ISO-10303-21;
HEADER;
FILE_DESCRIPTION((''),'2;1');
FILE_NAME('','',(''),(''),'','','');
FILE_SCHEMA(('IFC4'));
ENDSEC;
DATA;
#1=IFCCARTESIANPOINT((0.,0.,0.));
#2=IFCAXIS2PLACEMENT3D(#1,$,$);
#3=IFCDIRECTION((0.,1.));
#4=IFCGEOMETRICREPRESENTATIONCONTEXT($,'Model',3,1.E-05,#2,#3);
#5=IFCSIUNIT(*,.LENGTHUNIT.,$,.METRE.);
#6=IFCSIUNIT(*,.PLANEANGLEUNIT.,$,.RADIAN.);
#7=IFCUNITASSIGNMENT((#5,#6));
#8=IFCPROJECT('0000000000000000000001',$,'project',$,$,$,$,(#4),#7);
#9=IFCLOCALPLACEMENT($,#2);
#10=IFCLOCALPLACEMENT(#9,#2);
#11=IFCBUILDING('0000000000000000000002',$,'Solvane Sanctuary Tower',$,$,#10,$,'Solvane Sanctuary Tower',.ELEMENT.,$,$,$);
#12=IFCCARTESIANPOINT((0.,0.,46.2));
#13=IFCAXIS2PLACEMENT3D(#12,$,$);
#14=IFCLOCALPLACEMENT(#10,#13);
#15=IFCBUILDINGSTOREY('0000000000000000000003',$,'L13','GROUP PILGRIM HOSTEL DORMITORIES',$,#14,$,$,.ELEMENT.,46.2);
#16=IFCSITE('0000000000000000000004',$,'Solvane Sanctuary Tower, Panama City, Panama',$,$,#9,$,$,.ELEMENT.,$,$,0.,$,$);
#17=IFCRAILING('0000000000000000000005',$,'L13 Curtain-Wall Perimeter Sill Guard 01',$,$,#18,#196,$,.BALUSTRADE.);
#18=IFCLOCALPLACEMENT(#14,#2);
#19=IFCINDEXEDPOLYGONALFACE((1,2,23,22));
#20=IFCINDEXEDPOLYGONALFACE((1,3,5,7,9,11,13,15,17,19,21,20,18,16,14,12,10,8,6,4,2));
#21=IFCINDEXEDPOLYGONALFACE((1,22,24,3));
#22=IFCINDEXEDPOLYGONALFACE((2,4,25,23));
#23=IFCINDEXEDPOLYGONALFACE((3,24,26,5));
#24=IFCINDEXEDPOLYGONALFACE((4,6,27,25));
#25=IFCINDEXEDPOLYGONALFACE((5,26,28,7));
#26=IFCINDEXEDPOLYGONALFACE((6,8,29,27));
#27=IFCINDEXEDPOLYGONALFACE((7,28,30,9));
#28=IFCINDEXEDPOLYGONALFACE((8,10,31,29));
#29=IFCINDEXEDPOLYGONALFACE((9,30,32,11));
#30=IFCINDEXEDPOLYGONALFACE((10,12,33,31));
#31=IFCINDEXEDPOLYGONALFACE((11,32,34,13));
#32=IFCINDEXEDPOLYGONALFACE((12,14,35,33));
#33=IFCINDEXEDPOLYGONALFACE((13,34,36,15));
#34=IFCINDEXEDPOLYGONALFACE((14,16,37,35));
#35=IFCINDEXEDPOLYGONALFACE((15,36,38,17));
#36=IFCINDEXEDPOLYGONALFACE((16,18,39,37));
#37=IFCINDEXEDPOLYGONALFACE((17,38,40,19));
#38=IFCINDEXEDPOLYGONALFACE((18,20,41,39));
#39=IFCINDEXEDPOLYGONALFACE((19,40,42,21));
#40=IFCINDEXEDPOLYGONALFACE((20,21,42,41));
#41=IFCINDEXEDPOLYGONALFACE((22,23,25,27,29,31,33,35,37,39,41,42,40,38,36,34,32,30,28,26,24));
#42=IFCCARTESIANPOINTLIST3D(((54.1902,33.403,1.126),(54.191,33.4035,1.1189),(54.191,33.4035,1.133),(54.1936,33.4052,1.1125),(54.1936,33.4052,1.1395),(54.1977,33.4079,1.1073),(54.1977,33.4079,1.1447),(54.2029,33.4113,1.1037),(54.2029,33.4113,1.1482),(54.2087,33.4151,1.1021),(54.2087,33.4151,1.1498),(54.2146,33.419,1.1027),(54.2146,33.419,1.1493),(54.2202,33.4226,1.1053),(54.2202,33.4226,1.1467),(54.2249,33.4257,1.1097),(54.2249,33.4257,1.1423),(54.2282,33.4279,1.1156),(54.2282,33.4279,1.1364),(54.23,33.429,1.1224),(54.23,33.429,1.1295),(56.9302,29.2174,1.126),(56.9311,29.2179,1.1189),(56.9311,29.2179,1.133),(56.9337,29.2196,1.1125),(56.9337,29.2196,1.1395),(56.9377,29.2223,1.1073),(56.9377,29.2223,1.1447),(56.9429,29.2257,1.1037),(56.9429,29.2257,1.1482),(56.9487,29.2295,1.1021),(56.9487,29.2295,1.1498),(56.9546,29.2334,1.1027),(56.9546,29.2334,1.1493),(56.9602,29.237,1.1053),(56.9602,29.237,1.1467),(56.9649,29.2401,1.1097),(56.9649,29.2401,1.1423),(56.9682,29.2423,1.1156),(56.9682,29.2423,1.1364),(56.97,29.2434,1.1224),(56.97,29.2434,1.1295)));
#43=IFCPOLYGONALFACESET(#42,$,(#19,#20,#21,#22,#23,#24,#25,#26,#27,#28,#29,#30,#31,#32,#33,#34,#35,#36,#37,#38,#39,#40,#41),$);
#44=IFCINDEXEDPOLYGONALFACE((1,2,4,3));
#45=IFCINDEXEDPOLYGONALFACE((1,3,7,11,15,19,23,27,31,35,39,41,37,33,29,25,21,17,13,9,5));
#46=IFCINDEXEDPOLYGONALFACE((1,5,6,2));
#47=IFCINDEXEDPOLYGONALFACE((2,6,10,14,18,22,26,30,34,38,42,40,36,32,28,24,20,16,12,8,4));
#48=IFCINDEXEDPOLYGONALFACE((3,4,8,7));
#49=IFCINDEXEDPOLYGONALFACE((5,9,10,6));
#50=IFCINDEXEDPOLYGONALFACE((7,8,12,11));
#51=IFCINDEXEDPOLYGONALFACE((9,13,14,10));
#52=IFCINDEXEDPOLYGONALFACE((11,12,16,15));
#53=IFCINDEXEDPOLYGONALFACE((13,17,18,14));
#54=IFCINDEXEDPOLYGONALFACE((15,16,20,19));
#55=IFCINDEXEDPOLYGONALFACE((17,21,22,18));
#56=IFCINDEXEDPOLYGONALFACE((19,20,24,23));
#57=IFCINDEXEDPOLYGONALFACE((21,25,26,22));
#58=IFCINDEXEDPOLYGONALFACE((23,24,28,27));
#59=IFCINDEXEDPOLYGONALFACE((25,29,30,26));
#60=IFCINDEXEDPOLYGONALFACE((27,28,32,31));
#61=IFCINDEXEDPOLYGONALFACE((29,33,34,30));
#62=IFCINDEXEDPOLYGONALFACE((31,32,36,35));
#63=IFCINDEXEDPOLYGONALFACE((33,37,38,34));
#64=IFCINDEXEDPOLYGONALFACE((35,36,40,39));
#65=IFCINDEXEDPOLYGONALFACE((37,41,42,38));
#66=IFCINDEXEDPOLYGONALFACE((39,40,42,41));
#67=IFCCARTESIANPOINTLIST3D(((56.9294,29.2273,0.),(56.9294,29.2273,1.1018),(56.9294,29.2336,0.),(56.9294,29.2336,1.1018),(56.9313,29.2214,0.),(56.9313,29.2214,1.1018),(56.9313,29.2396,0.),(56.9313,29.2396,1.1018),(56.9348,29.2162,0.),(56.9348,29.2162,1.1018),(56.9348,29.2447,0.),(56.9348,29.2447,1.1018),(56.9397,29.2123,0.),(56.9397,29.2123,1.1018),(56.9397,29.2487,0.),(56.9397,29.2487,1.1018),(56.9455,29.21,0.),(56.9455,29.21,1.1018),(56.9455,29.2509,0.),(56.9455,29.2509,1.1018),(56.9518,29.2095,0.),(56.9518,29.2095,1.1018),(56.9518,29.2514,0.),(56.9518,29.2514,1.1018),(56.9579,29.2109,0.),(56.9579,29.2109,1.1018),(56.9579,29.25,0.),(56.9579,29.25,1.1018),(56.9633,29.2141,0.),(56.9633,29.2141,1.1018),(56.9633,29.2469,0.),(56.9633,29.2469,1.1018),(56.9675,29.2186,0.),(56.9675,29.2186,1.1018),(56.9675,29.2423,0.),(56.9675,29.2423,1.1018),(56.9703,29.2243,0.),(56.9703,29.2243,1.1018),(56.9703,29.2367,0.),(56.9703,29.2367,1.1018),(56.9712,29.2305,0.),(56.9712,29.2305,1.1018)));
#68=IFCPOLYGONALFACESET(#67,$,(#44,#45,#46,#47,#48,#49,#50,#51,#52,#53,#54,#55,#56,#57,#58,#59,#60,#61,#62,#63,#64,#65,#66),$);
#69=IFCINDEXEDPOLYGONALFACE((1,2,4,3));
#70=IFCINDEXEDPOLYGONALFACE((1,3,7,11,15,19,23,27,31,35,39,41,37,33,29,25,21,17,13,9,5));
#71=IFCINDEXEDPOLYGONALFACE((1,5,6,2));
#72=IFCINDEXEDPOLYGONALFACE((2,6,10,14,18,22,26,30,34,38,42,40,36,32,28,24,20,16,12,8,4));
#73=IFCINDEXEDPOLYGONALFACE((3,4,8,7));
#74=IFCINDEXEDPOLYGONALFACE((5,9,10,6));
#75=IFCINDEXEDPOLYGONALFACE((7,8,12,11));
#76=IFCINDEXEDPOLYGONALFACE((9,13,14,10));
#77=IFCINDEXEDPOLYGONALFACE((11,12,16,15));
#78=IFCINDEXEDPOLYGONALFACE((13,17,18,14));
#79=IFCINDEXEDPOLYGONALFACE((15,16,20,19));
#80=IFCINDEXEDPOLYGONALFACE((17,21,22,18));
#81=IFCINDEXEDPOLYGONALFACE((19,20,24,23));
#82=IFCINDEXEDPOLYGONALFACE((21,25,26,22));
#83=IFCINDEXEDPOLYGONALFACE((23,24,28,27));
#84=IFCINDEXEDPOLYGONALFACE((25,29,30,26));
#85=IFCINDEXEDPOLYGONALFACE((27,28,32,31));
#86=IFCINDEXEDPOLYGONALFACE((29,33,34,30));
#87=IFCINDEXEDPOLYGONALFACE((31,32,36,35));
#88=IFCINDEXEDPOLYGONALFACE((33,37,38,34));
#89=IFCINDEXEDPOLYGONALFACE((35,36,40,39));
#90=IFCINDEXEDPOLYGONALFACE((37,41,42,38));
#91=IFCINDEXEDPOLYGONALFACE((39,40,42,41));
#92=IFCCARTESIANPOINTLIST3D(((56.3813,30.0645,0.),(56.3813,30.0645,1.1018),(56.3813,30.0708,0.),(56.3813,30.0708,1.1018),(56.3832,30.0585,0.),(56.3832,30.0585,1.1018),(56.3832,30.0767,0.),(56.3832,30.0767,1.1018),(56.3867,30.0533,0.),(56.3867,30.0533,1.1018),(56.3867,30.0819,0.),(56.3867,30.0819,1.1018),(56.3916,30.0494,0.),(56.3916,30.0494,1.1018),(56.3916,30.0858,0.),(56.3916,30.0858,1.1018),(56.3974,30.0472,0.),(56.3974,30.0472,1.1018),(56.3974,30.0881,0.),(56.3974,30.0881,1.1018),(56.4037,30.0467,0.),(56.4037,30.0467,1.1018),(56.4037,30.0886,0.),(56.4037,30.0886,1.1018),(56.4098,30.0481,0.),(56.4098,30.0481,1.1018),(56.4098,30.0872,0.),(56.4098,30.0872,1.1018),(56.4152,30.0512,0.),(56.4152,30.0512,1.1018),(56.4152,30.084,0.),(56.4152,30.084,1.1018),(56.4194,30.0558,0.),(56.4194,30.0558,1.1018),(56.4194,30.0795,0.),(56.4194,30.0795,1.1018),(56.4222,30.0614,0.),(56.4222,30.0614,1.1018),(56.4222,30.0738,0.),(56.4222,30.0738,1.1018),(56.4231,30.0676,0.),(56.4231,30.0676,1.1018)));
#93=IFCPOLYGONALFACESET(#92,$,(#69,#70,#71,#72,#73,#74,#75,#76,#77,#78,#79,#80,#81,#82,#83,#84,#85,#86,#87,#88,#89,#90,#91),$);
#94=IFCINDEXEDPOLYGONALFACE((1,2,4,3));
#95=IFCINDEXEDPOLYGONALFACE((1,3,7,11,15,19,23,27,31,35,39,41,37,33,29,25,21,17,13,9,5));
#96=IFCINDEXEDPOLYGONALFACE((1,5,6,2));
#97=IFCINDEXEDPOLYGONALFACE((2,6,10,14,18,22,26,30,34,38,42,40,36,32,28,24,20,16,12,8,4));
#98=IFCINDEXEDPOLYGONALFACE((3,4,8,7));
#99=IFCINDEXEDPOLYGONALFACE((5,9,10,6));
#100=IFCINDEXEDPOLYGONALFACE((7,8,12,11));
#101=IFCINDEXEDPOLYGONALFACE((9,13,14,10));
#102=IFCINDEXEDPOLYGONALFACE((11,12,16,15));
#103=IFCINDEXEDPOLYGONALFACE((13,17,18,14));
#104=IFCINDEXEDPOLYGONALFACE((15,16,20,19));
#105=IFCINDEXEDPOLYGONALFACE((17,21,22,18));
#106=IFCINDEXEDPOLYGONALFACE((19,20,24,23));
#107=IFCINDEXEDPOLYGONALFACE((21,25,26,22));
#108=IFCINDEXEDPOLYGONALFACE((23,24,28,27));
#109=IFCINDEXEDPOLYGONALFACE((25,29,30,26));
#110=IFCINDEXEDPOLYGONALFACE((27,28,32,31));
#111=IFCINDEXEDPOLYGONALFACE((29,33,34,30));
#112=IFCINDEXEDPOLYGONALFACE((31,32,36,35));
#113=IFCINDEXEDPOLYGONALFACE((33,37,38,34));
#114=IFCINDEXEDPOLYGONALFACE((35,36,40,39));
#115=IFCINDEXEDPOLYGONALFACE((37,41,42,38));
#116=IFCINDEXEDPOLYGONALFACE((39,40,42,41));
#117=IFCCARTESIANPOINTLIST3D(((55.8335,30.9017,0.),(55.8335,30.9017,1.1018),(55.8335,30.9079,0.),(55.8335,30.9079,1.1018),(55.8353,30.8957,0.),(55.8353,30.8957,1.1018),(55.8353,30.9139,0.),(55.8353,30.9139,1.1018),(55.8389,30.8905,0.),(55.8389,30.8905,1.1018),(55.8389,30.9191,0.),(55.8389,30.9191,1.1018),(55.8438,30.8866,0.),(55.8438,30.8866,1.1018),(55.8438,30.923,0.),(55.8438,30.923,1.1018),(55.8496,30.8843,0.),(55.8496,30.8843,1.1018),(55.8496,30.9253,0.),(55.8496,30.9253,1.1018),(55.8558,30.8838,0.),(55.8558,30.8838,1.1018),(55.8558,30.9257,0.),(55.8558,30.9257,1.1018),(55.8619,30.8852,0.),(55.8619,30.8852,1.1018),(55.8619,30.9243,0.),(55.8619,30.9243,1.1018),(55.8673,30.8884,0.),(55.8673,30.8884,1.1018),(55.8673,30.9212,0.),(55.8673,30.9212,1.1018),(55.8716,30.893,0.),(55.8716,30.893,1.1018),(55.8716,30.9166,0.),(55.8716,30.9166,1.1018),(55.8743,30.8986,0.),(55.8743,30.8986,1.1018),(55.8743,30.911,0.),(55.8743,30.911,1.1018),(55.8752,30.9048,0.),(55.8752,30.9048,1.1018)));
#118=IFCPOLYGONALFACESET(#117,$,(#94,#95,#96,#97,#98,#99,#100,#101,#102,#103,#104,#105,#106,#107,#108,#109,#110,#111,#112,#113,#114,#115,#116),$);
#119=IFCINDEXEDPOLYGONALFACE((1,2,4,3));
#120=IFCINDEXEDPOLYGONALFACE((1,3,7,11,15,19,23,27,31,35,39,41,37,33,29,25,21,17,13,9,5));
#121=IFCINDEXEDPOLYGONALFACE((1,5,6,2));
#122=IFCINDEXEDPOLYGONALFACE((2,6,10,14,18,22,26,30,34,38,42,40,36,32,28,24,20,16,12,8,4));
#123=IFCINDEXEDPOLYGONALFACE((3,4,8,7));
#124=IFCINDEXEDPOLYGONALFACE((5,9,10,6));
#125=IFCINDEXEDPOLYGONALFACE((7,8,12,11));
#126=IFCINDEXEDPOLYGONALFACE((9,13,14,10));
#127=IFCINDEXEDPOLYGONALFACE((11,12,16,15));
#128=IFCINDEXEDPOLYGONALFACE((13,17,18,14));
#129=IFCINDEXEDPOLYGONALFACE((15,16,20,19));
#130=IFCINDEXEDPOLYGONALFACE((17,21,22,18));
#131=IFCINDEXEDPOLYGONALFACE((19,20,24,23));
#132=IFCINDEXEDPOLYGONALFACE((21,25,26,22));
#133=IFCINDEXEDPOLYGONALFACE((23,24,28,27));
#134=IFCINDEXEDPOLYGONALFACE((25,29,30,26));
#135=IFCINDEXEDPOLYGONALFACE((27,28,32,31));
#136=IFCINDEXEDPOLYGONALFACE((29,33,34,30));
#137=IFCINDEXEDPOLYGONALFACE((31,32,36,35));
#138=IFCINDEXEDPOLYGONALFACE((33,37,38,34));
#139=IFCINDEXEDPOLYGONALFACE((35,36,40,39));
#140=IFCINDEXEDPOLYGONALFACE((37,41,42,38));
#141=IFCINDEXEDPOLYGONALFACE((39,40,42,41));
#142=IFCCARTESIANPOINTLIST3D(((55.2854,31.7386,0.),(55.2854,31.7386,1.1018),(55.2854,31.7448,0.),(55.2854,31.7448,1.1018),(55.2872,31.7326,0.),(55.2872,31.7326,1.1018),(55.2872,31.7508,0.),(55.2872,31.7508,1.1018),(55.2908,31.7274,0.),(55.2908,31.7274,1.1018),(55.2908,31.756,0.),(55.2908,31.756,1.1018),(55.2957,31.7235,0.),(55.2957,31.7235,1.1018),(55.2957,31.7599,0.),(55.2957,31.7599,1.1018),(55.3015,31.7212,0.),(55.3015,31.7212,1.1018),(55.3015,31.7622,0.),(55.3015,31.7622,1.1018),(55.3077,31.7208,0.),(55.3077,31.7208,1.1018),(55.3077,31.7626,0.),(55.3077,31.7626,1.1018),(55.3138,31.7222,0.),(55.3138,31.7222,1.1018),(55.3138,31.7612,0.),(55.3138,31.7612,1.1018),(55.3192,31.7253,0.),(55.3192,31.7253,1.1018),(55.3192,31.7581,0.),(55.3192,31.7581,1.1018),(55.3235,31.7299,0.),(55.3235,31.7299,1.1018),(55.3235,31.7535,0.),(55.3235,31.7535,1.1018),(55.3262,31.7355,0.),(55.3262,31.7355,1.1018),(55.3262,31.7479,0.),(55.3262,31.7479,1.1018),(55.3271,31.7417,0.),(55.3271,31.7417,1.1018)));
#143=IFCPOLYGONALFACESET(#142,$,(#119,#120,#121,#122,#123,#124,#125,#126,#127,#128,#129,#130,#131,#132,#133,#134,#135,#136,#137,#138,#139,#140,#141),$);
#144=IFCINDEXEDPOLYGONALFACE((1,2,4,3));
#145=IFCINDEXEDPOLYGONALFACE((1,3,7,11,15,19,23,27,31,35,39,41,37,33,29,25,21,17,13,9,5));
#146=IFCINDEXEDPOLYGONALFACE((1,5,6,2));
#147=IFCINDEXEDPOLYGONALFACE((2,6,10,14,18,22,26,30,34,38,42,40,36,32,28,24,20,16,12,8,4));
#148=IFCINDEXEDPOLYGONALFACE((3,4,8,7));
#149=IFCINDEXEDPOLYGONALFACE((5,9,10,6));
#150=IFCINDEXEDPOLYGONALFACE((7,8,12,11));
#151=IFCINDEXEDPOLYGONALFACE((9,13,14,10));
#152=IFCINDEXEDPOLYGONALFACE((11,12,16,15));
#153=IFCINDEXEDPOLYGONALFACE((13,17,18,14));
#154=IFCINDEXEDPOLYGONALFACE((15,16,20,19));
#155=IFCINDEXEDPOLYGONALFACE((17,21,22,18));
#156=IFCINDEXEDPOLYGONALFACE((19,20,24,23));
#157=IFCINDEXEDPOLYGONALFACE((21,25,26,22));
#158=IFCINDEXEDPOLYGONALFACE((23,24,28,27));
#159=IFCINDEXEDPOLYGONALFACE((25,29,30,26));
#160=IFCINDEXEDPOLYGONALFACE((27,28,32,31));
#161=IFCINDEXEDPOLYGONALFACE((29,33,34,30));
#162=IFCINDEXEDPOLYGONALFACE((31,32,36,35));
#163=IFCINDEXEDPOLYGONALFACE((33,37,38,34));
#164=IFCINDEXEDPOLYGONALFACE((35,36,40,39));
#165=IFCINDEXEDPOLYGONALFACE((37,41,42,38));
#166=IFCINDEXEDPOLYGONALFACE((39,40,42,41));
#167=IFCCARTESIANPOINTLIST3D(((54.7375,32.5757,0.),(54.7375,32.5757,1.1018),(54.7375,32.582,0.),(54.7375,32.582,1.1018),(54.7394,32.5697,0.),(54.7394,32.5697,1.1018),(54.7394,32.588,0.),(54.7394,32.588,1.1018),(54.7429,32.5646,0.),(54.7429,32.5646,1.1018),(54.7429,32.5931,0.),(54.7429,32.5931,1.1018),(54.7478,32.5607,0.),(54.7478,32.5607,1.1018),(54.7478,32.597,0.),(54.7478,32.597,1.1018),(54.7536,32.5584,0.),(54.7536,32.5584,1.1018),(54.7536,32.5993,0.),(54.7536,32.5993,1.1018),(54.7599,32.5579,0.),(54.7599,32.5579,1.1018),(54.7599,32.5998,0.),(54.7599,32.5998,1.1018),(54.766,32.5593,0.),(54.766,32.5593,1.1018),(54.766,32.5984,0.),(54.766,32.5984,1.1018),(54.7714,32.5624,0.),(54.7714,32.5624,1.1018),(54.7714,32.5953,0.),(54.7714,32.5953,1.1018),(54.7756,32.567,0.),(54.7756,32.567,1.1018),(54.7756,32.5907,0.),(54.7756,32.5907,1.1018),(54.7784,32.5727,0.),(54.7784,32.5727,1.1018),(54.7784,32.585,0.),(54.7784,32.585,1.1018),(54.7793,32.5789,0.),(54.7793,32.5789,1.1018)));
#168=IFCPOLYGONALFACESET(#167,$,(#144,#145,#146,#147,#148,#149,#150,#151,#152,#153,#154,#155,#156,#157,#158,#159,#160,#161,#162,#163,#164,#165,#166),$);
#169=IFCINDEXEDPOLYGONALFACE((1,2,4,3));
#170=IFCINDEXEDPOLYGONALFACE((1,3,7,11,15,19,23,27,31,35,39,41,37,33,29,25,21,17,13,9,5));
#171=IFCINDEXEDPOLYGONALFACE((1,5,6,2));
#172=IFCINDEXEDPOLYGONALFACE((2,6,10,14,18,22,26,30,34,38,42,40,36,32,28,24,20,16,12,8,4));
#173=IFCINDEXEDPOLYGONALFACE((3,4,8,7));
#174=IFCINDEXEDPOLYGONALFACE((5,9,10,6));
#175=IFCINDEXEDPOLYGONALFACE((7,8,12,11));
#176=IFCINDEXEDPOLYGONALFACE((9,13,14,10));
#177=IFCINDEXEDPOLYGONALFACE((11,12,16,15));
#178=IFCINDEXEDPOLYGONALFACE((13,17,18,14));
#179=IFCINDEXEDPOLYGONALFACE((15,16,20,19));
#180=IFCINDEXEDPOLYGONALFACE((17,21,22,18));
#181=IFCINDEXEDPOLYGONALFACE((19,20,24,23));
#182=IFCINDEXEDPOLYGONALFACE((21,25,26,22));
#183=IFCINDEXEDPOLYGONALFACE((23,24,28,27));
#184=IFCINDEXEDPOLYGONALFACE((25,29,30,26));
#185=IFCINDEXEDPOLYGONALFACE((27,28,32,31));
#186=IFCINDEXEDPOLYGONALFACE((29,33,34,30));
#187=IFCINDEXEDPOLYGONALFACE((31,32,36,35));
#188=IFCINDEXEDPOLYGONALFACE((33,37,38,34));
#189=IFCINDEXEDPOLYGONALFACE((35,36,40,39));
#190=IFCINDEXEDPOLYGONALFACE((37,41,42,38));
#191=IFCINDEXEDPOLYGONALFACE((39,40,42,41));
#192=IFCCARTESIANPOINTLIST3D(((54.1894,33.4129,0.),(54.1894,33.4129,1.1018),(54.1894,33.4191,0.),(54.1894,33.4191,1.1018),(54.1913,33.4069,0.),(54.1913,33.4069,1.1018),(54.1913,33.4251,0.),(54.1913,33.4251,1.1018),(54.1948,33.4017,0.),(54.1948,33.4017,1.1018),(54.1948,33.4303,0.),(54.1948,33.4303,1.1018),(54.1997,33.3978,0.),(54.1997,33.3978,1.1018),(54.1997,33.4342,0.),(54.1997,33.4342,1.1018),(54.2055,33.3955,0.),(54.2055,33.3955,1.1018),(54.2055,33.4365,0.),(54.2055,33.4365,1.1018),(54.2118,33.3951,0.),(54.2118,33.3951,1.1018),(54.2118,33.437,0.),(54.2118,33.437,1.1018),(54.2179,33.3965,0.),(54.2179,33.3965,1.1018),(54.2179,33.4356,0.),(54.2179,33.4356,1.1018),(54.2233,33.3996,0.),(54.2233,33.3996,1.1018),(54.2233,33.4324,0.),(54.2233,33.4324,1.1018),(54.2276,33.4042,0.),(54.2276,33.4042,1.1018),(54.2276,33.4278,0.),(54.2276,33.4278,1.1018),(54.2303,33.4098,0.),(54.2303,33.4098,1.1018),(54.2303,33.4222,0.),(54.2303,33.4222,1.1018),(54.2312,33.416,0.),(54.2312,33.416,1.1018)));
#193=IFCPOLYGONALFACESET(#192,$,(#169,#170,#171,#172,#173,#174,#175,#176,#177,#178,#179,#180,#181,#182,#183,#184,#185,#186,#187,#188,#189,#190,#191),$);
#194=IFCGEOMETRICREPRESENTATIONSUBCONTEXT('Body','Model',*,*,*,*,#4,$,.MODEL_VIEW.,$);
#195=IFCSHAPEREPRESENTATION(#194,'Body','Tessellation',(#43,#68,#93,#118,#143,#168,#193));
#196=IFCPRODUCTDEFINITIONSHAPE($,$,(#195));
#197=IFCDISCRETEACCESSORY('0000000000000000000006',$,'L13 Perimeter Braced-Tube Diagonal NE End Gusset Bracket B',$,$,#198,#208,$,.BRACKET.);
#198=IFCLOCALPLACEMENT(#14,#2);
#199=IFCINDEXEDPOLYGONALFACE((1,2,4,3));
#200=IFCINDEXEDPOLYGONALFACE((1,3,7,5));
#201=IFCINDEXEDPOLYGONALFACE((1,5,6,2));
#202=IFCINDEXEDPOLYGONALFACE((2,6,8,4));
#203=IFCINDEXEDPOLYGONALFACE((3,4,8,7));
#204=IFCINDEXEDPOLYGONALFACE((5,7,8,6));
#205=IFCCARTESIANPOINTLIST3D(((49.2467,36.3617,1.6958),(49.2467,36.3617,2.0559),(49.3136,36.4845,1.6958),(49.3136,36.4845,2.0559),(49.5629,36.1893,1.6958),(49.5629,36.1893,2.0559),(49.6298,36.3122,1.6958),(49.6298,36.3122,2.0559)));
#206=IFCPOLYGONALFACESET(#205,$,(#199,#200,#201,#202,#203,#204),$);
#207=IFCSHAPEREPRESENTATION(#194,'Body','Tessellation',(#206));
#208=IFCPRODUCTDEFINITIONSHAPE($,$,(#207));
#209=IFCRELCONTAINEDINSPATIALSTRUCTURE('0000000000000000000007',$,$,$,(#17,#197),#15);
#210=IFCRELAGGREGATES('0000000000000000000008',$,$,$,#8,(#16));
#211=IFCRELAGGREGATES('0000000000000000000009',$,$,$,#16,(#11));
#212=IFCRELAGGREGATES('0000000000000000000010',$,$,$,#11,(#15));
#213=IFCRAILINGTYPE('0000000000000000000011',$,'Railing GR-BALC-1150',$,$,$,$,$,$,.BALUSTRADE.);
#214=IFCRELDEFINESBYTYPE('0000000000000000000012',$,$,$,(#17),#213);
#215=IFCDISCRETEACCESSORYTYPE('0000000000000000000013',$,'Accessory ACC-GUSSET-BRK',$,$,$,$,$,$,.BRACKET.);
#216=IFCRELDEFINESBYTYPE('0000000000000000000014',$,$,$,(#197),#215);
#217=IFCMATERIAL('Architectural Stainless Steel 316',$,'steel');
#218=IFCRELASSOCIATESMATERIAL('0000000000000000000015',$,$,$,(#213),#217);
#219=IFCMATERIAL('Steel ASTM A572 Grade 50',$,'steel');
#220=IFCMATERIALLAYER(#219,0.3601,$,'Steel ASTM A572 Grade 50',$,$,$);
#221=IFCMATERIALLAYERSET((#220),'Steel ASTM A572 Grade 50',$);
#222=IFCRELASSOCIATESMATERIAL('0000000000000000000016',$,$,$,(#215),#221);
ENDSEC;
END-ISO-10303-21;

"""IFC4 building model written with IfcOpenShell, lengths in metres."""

from ifc_helpers import new_model, si_unit, direction, frame, origin, origin_2d, place, context, subcontext, project, spatial, rectangle, circle, extrude, material, layer, layer_set, type_object, element, save


model = new_model("IFC4")

# Units and contexts
model_context = context("Model", 3, precision=1e-05, world=origin(), true_north=direction((0.0, 1.0)))
body_context = subcontext(model_context, "Body", "Model", "MODEL_VIEW")
ifc_project = project(units=[si_unit("LENGTHUNIT", "METRE"), si_unit("PLANEANGLEUNIT", "RADIAN")], contexts=[model_context])

# Site, building, storey
site_placement = place(None, origin())
site = spatial("IfcSite", under=ifc_project, at=site_placement, Name="Solvane Sanctuary Tower, Panama City, Panama", CompositionType="ELEMENT", RefElevation=0.0)
building_placement = place(site_placement, origin())
building = spatial("IfcBuilding", under=site, at=building_placement, Name="Solvane Sanctuary Tower", LongName="Solvane Sanctuary Tower", CompositionType="ELEMENT")
storey_placement = place(building_placement, frame((0.0, 0.0, 46.2)))
storey = spatial("IfcBuildingStorey", under=building, at=storey_placement, Name="L13", Description="GROUP PILGRIM HOSTEL DORMITORIES", CompositionType="ELEMENT", Elevation=46.2)

# Railing
ifc_material_1 = material(Name="Architectural Stainless Steel 316", Category="steel")
railing_type = type_object("IfcRailingType", Name="Railing GR-BALC-1150", PredefinedType="BALUSTRADE", material=ifc_material_1)
railing_1_placement = place(storey_placement, frame((56.9502, 29.2305, 0.0)))
element("IfcRailing", 1, at=railing_1_placement, inside=storey, type_object=railing_type, Name="L13 Curtain-Wall Perimeter Sill Guard 01", PredefinedType="BALUSTRADE", context=body_context, shape_type="SweptSolid", body=[
    extrude(circle(Radius=0.0239, at=origin_2d()), frame((0.0, 0.0, 1.126), z_axis=(-0.547709, 0.836669, 0.0), x_axis=(-0.836669, -0.547709, 0.0)), (0.0, 0.0, 1.0), 5.0027),
    extrude(circle(Radius=0.021, at=origin_2d()), origin(), (0.0, 0.0, 1.0), 1.1018),
    extrude(circle(Radius=0.021, at=origin_2d()), frame((-0.5481, 0.8372, 0.0)), (0.0, 0.0, 1.0), 1.1018),
    extrude(circle(Radius=0.021, at=origin_2d()), frame((-1.0959, 1.6743, 0.0)), (0.0, 0.0, 1.0), 1.1018),
    extrude(circle(Radius=0.021, at=origin_2d()), frame((-1.644, 2.5112, 0.0)), (0.0, 0.0, 1.0), 1.1018),
    extrude(circle(Radius=0.021, at=origin_2d()), frame((-2.1919, 3.3484, 0.0)), (0.0, 0.0, 1.0), 1.1018),
    extrude(circle(Radius=0.021, at=origin_2d()), frame((-2.74, 4.1855, 0.0)), (0.0, 0.0, 1.0), 1.1018),
])

# Discrete accessory
ifc_material_2 = material(Name="Steel ASTM A572 Grade 50", Category="steel")
ifc_layer_1 = layer(ifc_material_2, 0.3601, Name="Steel ASTM A572 Grade 50")
ifc_layer_set_1 = layer_set([ifc_layer_1], Name="Steel ASTM A572 Grade 50")
discrete_accessory_type = type_object("IfcDiscreteAccessoryType", Name="Accessory ACC-GUSSET-BRK", PredefinedType="BRACKET", material=ifc_layer_set_1)
discrete_accessory_placement = place(storey_placement, frame((49.4382, 36.3369, 1.6958), z_axis=(0.0, 0.0, 1.0), x_axis=(0.878067, -0.478539, 0.0)))
element("IfcDiscreteAccessory", 2, at=discrete_accessory_placement, inside=storey, type_object=discrete_accessory_type, Name="L13 Perimeter Braced-Tube Diagonal NE End Gusset Bracket B", PredefinedType="BRACKET", context=body_context, shape_type="SweptSolid", body=[
    extrude(rectangle(XDim=0.3601, YDim=0.1399, at=origin_2d()), origin(), (0.0, 0.0, 1.0), 0.3601),
])

save(model, "model.ifc")
